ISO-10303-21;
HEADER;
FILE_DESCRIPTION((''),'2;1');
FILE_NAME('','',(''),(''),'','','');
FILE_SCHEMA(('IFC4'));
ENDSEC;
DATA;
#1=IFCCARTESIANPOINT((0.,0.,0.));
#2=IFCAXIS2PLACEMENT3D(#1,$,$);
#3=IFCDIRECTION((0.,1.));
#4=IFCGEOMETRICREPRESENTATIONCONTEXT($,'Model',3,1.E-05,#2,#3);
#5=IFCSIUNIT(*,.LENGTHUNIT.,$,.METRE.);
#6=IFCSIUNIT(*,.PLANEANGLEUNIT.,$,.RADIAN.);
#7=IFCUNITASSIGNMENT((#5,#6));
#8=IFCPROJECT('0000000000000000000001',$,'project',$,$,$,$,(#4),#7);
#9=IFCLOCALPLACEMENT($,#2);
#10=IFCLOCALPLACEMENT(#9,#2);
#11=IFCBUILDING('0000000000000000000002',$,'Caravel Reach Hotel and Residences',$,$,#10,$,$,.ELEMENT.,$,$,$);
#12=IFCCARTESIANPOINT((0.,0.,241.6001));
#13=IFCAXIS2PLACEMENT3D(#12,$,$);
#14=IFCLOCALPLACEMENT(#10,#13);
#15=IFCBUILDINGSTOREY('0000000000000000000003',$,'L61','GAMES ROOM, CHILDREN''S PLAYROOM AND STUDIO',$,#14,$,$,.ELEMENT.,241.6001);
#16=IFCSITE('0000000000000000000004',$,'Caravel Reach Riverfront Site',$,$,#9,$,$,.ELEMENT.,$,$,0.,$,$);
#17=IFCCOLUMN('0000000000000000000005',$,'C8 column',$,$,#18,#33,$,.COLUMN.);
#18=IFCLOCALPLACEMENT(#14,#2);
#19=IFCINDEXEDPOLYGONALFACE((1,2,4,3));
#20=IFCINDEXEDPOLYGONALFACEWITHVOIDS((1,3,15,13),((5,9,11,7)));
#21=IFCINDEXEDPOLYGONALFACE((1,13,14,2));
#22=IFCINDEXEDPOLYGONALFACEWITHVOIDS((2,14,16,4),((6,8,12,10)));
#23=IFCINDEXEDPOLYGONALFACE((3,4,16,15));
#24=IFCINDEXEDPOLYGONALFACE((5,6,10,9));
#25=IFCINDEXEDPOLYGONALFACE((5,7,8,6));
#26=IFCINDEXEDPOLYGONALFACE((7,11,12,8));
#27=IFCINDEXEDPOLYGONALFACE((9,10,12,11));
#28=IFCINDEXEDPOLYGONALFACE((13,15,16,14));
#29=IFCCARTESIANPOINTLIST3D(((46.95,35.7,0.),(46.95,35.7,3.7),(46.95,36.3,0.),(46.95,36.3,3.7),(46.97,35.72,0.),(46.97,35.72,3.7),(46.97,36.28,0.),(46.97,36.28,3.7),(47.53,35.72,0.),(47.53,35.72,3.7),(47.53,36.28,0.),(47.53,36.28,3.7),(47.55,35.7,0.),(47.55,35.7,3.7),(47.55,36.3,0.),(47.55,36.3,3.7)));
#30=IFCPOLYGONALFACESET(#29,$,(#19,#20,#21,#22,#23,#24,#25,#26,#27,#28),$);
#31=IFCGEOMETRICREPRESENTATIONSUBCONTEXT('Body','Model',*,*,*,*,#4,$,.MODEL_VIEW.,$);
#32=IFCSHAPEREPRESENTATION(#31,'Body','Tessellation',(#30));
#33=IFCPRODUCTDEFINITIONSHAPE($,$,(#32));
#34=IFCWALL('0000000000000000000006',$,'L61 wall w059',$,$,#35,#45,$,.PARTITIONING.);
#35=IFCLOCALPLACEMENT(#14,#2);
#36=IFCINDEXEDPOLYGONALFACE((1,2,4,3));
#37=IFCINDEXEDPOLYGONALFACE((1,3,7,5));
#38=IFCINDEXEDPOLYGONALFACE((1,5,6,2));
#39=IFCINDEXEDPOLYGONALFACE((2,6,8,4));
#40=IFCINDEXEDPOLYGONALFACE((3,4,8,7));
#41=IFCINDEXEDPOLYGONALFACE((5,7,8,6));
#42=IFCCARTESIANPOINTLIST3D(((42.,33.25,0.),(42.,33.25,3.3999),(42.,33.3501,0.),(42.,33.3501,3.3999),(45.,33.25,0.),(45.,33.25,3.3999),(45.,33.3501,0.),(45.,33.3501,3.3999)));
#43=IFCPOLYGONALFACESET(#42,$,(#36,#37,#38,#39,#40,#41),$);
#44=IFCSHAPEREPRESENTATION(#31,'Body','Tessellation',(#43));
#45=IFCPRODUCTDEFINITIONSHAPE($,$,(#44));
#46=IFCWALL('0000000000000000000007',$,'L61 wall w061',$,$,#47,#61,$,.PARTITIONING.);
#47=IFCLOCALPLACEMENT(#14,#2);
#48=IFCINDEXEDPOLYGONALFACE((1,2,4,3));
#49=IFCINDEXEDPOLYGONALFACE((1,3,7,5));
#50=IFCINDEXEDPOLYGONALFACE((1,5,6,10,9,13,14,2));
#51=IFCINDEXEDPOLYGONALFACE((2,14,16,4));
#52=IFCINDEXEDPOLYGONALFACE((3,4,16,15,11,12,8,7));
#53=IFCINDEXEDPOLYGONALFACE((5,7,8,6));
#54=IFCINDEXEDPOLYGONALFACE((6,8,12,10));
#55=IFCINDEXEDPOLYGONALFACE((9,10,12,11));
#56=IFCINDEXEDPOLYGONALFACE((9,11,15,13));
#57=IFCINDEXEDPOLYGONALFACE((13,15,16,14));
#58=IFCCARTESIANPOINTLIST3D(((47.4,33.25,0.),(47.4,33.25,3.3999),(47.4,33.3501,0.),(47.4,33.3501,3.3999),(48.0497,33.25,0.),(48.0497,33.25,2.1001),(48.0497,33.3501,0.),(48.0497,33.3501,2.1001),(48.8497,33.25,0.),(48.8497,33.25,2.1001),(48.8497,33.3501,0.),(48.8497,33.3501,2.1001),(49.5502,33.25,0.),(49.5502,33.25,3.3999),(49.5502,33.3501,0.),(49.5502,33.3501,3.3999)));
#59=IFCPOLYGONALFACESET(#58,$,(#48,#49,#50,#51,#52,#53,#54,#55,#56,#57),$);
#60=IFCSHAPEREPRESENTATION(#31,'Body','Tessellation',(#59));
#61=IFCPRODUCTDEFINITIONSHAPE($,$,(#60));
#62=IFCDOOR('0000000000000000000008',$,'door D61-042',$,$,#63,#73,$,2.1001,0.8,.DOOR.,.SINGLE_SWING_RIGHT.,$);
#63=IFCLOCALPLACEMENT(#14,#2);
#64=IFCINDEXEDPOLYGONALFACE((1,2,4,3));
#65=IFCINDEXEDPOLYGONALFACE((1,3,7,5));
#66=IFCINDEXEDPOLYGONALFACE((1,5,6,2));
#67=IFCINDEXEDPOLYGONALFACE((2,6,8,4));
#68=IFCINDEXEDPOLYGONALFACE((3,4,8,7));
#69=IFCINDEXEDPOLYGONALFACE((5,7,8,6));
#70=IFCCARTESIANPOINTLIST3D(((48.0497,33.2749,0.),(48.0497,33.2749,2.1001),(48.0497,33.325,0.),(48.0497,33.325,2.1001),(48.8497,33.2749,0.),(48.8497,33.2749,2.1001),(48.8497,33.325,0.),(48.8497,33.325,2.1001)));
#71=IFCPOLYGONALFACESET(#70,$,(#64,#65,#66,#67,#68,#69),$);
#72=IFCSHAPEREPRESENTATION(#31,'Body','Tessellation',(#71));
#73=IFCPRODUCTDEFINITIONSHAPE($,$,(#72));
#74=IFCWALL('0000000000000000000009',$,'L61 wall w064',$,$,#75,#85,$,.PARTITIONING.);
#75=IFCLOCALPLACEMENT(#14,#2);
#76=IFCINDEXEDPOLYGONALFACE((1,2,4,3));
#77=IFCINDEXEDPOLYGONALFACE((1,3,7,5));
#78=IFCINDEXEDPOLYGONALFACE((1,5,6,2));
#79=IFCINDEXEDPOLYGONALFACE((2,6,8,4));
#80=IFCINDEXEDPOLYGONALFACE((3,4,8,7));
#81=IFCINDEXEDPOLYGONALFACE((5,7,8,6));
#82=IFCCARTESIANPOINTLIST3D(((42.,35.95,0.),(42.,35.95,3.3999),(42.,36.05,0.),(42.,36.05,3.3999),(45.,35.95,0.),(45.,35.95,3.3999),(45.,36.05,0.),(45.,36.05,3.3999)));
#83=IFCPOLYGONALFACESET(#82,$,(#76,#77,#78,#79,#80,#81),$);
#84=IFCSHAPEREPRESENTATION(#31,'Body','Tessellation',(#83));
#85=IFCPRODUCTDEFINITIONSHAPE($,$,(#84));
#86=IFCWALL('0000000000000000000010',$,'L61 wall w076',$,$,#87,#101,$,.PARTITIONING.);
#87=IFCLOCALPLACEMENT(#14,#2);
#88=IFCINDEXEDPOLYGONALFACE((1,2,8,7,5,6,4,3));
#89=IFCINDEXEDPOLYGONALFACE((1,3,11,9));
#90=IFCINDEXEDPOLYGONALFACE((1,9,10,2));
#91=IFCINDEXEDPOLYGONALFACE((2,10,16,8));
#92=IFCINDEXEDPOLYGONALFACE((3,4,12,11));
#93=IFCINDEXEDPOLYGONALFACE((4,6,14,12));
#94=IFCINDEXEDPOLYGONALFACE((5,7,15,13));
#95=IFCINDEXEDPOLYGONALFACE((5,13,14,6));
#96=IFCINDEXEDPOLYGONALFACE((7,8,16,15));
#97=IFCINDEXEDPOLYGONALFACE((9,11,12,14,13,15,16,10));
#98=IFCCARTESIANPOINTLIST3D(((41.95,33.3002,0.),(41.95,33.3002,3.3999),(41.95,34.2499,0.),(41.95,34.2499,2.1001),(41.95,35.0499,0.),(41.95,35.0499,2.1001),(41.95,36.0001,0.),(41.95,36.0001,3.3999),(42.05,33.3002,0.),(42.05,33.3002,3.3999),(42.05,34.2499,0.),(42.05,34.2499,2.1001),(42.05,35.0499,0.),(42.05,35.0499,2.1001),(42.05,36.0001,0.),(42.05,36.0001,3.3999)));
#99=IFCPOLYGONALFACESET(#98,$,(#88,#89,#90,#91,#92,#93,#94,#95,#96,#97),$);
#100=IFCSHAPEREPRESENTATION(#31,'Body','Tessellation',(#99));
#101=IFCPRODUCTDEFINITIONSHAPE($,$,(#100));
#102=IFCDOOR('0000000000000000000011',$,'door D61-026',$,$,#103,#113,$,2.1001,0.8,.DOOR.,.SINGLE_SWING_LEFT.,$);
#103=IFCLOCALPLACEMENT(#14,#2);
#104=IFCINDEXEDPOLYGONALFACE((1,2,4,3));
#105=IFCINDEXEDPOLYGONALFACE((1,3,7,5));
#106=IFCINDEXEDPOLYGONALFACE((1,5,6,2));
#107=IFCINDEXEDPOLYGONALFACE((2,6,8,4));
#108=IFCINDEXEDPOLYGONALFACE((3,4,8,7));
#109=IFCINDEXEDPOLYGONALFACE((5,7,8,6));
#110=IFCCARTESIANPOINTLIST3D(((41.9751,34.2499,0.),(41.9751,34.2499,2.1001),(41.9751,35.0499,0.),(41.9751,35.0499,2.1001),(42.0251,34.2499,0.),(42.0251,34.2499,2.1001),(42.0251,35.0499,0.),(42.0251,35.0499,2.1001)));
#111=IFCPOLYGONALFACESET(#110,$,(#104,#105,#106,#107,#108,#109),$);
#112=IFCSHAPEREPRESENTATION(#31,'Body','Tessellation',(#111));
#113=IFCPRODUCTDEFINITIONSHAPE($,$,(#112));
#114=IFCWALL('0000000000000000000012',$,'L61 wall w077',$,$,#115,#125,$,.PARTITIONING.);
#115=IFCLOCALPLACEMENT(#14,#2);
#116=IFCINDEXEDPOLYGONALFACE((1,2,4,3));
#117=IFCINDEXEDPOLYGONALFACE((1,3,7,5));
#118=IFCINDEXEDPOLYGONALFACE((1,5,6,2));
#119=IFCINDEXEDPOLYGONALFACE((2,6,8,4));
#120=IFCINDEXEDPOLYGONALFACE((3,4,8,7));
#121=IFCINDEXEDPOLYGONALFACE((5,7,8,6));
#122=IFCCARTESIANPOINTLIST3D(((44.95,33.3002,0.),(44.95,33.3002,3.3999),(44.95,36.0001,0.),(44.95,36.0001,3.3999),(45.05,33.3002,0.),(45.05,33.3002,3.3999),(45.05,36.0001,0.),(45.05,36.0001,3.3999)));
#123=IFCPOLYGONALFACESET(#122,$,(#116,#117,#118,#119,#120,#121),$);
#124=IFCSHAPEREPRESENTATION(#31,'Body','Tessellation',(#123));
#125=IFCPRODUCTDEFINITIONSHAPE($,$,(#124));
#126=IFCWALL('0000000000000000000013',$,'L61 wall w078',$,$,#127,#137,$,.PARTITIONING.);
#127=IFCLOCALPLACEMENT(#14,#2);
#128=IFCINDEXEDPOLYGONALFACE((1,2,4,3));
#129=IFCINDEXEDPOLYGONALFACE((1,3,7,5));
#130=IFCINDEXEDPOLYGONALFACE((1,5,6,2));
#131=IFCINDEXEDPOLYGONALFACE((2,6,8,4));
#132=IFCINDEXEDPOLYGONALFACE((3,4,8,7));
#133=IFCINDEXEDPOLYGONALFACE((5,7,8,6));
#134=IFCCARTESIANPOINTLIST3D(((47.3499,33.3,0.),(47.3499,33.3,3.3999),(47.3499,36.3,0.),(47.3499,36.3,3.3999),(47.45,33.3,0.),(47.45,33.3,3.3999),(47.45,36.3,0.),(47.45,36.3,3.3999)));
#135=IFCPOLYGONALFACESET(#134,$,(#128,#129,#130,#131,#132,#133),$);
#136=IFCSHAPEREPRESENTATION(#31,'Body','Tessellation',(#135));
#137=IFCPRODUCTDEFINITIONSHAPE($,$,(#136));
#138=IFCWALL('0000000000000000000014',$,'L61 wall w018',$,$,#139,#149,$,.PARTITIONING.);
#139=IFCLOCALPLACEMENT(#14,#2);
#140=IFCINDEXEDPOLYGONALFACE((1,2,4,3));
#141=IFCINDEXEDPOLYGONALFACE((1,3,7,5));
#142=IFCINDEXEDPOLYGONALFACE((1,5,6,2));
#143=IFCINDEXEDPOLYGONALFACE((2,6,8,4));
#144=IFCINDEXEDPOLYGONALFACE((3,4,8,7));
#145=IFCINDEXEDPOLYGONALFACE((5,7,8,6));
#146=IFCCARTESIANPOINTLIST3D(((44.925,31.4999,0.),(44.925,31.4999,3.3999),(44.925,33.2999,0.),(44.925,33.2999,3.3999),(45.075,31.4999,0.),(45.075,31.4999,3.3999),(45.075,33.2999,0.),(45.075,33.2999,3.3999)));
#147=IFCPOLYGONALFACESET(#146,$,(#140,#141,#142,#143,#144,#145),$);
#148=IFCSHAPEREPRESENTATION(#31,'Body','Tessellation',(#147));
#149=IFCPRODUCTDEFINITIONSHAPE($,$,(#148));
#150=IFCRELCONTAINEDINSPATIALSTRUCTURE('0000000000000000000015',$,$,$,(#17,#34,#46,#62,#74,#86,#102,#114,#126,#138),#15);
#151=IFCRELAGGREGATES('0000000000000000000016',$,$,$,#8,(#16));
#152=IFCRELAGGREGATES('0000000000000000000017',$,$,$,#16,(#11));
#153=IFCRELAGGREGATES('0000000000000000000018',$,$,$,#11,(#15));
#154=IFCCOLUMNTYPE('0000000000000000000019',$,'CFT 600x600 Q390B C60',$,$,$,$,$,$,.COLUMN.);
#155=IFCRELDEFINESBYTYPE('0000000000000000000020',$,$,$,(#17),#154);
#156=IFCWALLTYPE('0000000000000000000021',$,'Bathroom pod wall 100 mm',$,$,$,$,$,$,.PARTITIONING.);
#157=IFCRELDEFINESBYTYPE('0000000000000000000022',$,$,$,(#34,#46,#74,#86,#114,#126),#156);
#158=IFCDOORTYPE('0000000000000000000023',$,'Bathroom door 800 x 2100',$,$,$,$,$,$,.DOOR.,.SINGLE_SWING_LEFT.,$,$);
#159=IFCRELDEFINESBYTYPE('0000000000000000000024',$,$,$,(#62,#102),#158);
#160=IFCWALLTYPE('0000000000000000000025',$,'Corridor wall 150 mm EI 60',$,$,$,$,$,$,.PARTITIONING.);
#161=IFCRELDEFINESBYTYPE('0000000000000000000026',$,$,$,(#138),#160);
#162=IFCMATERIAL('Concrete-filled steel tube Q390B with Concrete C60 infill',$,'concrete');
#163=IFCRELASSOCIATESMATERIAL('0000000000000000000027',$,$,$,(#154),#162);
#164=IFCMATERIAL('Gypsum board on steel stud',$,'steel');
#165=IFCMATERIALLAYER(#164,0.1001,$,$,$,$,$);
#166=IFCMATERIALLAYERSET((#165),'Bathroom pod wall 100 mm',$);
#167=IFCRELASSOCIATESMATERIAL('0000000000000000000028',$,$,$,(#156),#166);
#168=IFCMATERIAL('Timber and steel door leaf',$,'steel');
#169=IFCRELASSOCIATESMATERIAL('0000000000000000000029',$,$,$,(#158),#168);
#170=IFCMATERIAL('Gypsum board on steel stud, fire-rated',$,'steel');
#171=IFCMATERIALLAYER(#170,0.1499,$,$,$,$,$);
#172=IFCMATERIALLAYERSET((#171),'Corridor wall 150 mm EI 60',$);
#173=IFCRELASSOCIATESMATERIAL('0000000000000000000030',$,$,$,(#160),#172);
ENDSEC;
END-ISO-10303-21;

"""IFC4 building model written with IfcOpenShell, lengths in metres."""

from ifc_helpers import new_model, si_unit, direction, frame, frame_2d, origin, origin_2d, place, context, subcontext, project, spatial, rectangle, hollow_rectangle, extrude, material, layer, layer_set, material_profile, profile_set, type_object, element, fill, save


model = new_model("IFC4")

# Units and contexts
model_context = context("Model", 3, precision=1e-05, world=origin(), true_north=direction((0.0, 1.0)))
body_context = subcontext(model_context, "Body", "Model", "MODEL_VIEW")
ifc_project = project(units=[si_unit("LENGTHUNIT", "METRE"), si_unit("PLANEANGLEUNIT", "RADIAN")], contexts=[model_context])

# Site, building, storey
site_placement = place(None, origin())
site = spatial("IfcSite", under=ifc_project, at=site_placement, Name="Caravel Reach Riverfront Site", CompositionType="ELEMENT", RefElevation=0.0)
building_placement = place(site_placement, origin())
building = spatial("IfcBuilding", under=site, at=building_placement, Name="Caravel Reach Hotel and Residences", CompositionType="ELEMENT")
storey_placement = place(building_placement, frame((0.0, 0.0, 241.6001)))
storey = spatial("IfcBuildingStorey", under=building, at=storey_placement, Name="L61", Description="GAMES ROOM, CHILDREN'S PLAYROOM AND STUDIO", CompositionType="ELEMENT", Elevation=241.6001)

# Column
ifc_material_1 = material(Name="Concrete-filled steel tube Q390B with Concrete C60 infill", Category="concrete")
ifc_material_profile = material_profile(ifc_material_1, hollow_rectangle(XDim=0.6001, YDim=0.6001, WallThickness=0.02, at=origin_2d()), Name="RHS 600x600x20")
ifc_profile_set = profile_set([ifc_material_profile], Name="Concrete-filled steel tube Q390B with Concrete C60 infill")
column_type = type_object("IfcColumnType", Name="CFT 600x600 Q390B C60", PredefinedType="COLUMN", material=ifc_profile_set)
column_placement = place(storey_placement, frame((47.25, 36.0, 0.0), z_axis=(0.0, 0.0, 1.0), x_axis=(1.0, 0.0, 0.0)))
element("IfcColumn", 1, at=column_placement, inside=storey, type_object=column_type, Name="C8 column", PredefinedType="COLUMN", context=body_context, shape_type="SweptSolid", body=[
    extrude(hollow_rectangle(XDim=0.6001, YDim=0.6001, WallThickness=0.02, at=origin_2d()), origin(), (0.0, 0.0, 1.0), 3.7),
])

# Wall
ifc_material_2 = material(Name="Gypsum board on steel stud", Category="steel")
ifc_layer_1 = layer(ifc_material_2, 0.1001)
ifc_layer_set_1 = layer_set([ifc_layer_1], Name="Bathroom pod wall 100 mm")
wall_type_1 = type_object("IfcWallType", Name="Bathroom pod wall 100 mm", PredefinedType="PARTITIONING", material=ifc_layer_set_1)
wall_1_placement = place(storey_placement, frame((42.0, 33.3, 0.0), z_axis=(0.0, 0.0, 1.0), x_axis=(1.0, 0.0, 0.0)))
element("IfcWall", 2, at=wall_1_placement, inside=storey, type_object=wall_type_1, Name="L61 wall w059", PredefinedType="PARTITIONING", context=body_context, shape_type="SweptSolid", body=[
    extrude(rectangle(XDim=3.0, YDim=0.1001, at=frame_2d((1.5, 0.0))), origin(), (0.0, 0.0, 1.0), 3.3999),
])

# Wall, opening, door
wall_2_placement = place(storey_placement, frame((47.3999, 33.3, 0.0), z_axis=(0.0, 0.0, 1.0), x_axis=(1.0, 0.0, 0.0)))
wall_2 = element("IfcWall", 3, at=wall_2_placement, inside=storey, type_object=wall_type_1, Name="L61 wall w061", PredefinedType="PARTITIONING", context=body_context, shape_type="SweptSolid", body=[
    extrude(rectangle(XDim=2.1501, YDim=0.1001, at=frame_2d((1.0752, 0.0))), origin(), (0.0, 0.0, 1.0), 3.3999),
])
opening_1_placement = place(wall_2_placement, frame((0.6499, 0.0, 0.0)))
opening_1 = element("IfcOpeningElement", 4, at=opening_1_placement, cuts=wall_2, PredefinedType="OPENING", context=body_context, shape_type="SweptSolid", body=[
    extrude(rectangle(XDim=0.8, YDim=2.1001, at=frame_2d((0.3999, 1.05))), frame((0.0, 0.0601, 0.0), z_axis=(0.0, -1.0, 0.0), x_axis=(1.0, 0.0, 0.0)), (0.0, 0.0, 1.0), 0.1201),
])
ifc_material_3 = material(Name="Timber and steel door leaf", Category="steel")
door_type_1 = type_object("IfcDoorType", Name="Bathroom door 800 x 2100", OperationType="SINGLE_SWING_LEFT", PredefinedType="DOOR", material=ifc_material_3)
door_1_placement = place(opening_1_placement, origin())
door_1 = element("IfcDoor", 5, at=door_1_placement, inside=storey, type_object=door_type_1, Name="door D61-042", OperationType="SINGLE_SWING_RIGHT", OverallHeight=2.1001, OverallWidth=0.8, PredefinedType="DOOR", context=body_context, shape_type="SweptSolid", body=[
    extrude(rectangle(XDim=0.8, YDim=2.1001, at=frame_2d((0.3999, 1.05))), frame((0.0, 0.0249, 0.0), z_axis=(0.0, -1.0, 0.0), x_axis=(1.0, 0.0, 0.0)), (0.0, 0.0, 1.0), 0.05),
])
fill(opening_1, door_1)

# Wall
wall_3_placement = place(storey_placement, frame((42.0, 36.0, 0.0), z_axis=(0.0, 0.0, 1.0), x_axis=(1.0, 0.0, 0.0)))
element("IfcWall", 6, at=wall_3_placement, inside=storey, type_object=wall_type_1, Name="L61 wall w064", PredefinedType="PARTITIONING", context=body_context, shape_type="SweptSolid", body=[
    extrude(rectangle(XDim=3.0, YDim=0.1001, at=frame_2d((1.5, 0.0))), origin(), (0.0, 0.0, 1.0), 3.3999),
])

# Wall, opening, door
wall_4_placement = place(storey_placement, frame((42.0, 33.3, 0.0), z_axis=(0.0, 0.0, 1.0), x_axis=(0.0, 1.0, 0.0)))
wall_4 = element("IfcWall", 7, at=wall_4_placement, inside=storey, type_object=wall_type_1, Name="L61 wall w076", PredefinedType="PARTITIONING", context=body_context, shape_type="SweptSolid", body=[
    extrude(rectangle(XDim=2.7, YDim=0.1001, at=frame_2d((1.3501, 0.0))), origin(), (0.0, 0.0, 1.0), 3.3999),
])
opening_2_placement = place(wall_4_placement, frame((0.95, 0.0, 0.0)))
opening_2 = element("IfcOpeningElement", 8, at=opening_2_placement, cuts=wall_4, PredefinedType="OPENING", context=body_context, shape_type="SweptSolid", body=[
    extrude(rectangle(XDim=0.8, YDim=2.1001, at=frame_2d((0.3999, 1.05))), frame((0.0, 0.0601, 0.0), z_axis=(0.0, -1.0, 0.0), x_axis=(1.0, 0.0, 0.0)), (0.0, 0.0, 1.0), 0.1201),
])
door_2_placement = place(opening_2_placement, origin())
door_2 = element("IfcDoor", 9, at=door_2_placement, inside=storey, type_object=door_type_1, Name="door D61-026", OperationType="SINGLE_SWING_LEFT", OverallHeight=2.1001, OverallWidth=0.8, PredefinedType="DOOR", context=body_context, shape_type="SweptSolid", body=[
    extrude(rectangle(XDim=0.8, YDim=2.1001, at=frame_2d((0.3999, 1.05))), frame((0.0, 0.0249, 0.0), z_axis=(0.0, -1.0, 0.0), x_axis=(1.0, 0.0, 0.0)), (0.0, 0.0, 1.0), 0.05),
])
fill(opening_2, door_2)

# Walls
wall_5_placement = place(storey_placement, frame((45.0, 33.3, 0.0), z_axis=(0.0, 0.0, 1.0), x_axis=(0.0, 1.0, 0.0)))
element("IfcWall", 10, at=wall_5_placement, inside=storey, type_object=wall_type_1, Name="L61 wall w077", PredefinedType="PARTITIONING", context=body_context, shape_type="SweptSolid", body=[
    extrude(rectangle(XDim=2.7, YDim=0.1001, at=frame_2d((1.3501, 0.0))), origin(), (0.0, 0.0, 1.0), 3.3999),
])
wall_6_placement = place(storey_placement, frame((47.3999, 33.3, 0.0), z_axis=(0.0, 0.0, 1.0), x_axis=(0.0, 1.0, 0.0)))
element("IfcWall", 11, at=wall_6_placement, inside=storey, type_object=wall_type_1, Name="L61 wall w078", PredefinedType="PARTITIONING", context=body_context, shape_type="SweptSolid", body=[
    extrude(rectangle(XDim=3.0, YDim=0.1001, at=frame_2d((1.5, 0.0))), origin(), (0.0, 0.0, 1.0), 3.3999),
])
ifc_material_4 = material(Name="Gypsum board on steel stud, fire-rated", Category="steel")
ifc_layer_2 = layer(ifc_material_4, 0.1499)
ifc_layer_set_2 = layer_set([ifc_layer_2], Name="Corridor wall 150 mm EI 60")
wall_type_2 = type_object("IfcWallType", Name="Corridor wall 150 mm EI 60", PredefinedType="PARTITIONING", material=ifc_layer_set_2)
wall_7_placement = place(storey_placement, frame((45.0, 31.5, 0.0), z_axis=(0.0, 0.0, 1.0), x_axis=(0.0, 1.0, 0.0)))
element("IfcWall", 12, at=wall_7_placement, inside=storey, type_object=wall_type_2, Name="L61 wall w018", PredefinedType="PARTITIONING", context=body_context, shape_type="SweptSolid", body=[
    extrude(rectangle(XDim=1.8, YDim=0.1499, at=frame_2d((0.8999, 0.0))), origin(), (0.0, 0.0, 1.0), 3.3999),
])

save(model, "model.ifc")
